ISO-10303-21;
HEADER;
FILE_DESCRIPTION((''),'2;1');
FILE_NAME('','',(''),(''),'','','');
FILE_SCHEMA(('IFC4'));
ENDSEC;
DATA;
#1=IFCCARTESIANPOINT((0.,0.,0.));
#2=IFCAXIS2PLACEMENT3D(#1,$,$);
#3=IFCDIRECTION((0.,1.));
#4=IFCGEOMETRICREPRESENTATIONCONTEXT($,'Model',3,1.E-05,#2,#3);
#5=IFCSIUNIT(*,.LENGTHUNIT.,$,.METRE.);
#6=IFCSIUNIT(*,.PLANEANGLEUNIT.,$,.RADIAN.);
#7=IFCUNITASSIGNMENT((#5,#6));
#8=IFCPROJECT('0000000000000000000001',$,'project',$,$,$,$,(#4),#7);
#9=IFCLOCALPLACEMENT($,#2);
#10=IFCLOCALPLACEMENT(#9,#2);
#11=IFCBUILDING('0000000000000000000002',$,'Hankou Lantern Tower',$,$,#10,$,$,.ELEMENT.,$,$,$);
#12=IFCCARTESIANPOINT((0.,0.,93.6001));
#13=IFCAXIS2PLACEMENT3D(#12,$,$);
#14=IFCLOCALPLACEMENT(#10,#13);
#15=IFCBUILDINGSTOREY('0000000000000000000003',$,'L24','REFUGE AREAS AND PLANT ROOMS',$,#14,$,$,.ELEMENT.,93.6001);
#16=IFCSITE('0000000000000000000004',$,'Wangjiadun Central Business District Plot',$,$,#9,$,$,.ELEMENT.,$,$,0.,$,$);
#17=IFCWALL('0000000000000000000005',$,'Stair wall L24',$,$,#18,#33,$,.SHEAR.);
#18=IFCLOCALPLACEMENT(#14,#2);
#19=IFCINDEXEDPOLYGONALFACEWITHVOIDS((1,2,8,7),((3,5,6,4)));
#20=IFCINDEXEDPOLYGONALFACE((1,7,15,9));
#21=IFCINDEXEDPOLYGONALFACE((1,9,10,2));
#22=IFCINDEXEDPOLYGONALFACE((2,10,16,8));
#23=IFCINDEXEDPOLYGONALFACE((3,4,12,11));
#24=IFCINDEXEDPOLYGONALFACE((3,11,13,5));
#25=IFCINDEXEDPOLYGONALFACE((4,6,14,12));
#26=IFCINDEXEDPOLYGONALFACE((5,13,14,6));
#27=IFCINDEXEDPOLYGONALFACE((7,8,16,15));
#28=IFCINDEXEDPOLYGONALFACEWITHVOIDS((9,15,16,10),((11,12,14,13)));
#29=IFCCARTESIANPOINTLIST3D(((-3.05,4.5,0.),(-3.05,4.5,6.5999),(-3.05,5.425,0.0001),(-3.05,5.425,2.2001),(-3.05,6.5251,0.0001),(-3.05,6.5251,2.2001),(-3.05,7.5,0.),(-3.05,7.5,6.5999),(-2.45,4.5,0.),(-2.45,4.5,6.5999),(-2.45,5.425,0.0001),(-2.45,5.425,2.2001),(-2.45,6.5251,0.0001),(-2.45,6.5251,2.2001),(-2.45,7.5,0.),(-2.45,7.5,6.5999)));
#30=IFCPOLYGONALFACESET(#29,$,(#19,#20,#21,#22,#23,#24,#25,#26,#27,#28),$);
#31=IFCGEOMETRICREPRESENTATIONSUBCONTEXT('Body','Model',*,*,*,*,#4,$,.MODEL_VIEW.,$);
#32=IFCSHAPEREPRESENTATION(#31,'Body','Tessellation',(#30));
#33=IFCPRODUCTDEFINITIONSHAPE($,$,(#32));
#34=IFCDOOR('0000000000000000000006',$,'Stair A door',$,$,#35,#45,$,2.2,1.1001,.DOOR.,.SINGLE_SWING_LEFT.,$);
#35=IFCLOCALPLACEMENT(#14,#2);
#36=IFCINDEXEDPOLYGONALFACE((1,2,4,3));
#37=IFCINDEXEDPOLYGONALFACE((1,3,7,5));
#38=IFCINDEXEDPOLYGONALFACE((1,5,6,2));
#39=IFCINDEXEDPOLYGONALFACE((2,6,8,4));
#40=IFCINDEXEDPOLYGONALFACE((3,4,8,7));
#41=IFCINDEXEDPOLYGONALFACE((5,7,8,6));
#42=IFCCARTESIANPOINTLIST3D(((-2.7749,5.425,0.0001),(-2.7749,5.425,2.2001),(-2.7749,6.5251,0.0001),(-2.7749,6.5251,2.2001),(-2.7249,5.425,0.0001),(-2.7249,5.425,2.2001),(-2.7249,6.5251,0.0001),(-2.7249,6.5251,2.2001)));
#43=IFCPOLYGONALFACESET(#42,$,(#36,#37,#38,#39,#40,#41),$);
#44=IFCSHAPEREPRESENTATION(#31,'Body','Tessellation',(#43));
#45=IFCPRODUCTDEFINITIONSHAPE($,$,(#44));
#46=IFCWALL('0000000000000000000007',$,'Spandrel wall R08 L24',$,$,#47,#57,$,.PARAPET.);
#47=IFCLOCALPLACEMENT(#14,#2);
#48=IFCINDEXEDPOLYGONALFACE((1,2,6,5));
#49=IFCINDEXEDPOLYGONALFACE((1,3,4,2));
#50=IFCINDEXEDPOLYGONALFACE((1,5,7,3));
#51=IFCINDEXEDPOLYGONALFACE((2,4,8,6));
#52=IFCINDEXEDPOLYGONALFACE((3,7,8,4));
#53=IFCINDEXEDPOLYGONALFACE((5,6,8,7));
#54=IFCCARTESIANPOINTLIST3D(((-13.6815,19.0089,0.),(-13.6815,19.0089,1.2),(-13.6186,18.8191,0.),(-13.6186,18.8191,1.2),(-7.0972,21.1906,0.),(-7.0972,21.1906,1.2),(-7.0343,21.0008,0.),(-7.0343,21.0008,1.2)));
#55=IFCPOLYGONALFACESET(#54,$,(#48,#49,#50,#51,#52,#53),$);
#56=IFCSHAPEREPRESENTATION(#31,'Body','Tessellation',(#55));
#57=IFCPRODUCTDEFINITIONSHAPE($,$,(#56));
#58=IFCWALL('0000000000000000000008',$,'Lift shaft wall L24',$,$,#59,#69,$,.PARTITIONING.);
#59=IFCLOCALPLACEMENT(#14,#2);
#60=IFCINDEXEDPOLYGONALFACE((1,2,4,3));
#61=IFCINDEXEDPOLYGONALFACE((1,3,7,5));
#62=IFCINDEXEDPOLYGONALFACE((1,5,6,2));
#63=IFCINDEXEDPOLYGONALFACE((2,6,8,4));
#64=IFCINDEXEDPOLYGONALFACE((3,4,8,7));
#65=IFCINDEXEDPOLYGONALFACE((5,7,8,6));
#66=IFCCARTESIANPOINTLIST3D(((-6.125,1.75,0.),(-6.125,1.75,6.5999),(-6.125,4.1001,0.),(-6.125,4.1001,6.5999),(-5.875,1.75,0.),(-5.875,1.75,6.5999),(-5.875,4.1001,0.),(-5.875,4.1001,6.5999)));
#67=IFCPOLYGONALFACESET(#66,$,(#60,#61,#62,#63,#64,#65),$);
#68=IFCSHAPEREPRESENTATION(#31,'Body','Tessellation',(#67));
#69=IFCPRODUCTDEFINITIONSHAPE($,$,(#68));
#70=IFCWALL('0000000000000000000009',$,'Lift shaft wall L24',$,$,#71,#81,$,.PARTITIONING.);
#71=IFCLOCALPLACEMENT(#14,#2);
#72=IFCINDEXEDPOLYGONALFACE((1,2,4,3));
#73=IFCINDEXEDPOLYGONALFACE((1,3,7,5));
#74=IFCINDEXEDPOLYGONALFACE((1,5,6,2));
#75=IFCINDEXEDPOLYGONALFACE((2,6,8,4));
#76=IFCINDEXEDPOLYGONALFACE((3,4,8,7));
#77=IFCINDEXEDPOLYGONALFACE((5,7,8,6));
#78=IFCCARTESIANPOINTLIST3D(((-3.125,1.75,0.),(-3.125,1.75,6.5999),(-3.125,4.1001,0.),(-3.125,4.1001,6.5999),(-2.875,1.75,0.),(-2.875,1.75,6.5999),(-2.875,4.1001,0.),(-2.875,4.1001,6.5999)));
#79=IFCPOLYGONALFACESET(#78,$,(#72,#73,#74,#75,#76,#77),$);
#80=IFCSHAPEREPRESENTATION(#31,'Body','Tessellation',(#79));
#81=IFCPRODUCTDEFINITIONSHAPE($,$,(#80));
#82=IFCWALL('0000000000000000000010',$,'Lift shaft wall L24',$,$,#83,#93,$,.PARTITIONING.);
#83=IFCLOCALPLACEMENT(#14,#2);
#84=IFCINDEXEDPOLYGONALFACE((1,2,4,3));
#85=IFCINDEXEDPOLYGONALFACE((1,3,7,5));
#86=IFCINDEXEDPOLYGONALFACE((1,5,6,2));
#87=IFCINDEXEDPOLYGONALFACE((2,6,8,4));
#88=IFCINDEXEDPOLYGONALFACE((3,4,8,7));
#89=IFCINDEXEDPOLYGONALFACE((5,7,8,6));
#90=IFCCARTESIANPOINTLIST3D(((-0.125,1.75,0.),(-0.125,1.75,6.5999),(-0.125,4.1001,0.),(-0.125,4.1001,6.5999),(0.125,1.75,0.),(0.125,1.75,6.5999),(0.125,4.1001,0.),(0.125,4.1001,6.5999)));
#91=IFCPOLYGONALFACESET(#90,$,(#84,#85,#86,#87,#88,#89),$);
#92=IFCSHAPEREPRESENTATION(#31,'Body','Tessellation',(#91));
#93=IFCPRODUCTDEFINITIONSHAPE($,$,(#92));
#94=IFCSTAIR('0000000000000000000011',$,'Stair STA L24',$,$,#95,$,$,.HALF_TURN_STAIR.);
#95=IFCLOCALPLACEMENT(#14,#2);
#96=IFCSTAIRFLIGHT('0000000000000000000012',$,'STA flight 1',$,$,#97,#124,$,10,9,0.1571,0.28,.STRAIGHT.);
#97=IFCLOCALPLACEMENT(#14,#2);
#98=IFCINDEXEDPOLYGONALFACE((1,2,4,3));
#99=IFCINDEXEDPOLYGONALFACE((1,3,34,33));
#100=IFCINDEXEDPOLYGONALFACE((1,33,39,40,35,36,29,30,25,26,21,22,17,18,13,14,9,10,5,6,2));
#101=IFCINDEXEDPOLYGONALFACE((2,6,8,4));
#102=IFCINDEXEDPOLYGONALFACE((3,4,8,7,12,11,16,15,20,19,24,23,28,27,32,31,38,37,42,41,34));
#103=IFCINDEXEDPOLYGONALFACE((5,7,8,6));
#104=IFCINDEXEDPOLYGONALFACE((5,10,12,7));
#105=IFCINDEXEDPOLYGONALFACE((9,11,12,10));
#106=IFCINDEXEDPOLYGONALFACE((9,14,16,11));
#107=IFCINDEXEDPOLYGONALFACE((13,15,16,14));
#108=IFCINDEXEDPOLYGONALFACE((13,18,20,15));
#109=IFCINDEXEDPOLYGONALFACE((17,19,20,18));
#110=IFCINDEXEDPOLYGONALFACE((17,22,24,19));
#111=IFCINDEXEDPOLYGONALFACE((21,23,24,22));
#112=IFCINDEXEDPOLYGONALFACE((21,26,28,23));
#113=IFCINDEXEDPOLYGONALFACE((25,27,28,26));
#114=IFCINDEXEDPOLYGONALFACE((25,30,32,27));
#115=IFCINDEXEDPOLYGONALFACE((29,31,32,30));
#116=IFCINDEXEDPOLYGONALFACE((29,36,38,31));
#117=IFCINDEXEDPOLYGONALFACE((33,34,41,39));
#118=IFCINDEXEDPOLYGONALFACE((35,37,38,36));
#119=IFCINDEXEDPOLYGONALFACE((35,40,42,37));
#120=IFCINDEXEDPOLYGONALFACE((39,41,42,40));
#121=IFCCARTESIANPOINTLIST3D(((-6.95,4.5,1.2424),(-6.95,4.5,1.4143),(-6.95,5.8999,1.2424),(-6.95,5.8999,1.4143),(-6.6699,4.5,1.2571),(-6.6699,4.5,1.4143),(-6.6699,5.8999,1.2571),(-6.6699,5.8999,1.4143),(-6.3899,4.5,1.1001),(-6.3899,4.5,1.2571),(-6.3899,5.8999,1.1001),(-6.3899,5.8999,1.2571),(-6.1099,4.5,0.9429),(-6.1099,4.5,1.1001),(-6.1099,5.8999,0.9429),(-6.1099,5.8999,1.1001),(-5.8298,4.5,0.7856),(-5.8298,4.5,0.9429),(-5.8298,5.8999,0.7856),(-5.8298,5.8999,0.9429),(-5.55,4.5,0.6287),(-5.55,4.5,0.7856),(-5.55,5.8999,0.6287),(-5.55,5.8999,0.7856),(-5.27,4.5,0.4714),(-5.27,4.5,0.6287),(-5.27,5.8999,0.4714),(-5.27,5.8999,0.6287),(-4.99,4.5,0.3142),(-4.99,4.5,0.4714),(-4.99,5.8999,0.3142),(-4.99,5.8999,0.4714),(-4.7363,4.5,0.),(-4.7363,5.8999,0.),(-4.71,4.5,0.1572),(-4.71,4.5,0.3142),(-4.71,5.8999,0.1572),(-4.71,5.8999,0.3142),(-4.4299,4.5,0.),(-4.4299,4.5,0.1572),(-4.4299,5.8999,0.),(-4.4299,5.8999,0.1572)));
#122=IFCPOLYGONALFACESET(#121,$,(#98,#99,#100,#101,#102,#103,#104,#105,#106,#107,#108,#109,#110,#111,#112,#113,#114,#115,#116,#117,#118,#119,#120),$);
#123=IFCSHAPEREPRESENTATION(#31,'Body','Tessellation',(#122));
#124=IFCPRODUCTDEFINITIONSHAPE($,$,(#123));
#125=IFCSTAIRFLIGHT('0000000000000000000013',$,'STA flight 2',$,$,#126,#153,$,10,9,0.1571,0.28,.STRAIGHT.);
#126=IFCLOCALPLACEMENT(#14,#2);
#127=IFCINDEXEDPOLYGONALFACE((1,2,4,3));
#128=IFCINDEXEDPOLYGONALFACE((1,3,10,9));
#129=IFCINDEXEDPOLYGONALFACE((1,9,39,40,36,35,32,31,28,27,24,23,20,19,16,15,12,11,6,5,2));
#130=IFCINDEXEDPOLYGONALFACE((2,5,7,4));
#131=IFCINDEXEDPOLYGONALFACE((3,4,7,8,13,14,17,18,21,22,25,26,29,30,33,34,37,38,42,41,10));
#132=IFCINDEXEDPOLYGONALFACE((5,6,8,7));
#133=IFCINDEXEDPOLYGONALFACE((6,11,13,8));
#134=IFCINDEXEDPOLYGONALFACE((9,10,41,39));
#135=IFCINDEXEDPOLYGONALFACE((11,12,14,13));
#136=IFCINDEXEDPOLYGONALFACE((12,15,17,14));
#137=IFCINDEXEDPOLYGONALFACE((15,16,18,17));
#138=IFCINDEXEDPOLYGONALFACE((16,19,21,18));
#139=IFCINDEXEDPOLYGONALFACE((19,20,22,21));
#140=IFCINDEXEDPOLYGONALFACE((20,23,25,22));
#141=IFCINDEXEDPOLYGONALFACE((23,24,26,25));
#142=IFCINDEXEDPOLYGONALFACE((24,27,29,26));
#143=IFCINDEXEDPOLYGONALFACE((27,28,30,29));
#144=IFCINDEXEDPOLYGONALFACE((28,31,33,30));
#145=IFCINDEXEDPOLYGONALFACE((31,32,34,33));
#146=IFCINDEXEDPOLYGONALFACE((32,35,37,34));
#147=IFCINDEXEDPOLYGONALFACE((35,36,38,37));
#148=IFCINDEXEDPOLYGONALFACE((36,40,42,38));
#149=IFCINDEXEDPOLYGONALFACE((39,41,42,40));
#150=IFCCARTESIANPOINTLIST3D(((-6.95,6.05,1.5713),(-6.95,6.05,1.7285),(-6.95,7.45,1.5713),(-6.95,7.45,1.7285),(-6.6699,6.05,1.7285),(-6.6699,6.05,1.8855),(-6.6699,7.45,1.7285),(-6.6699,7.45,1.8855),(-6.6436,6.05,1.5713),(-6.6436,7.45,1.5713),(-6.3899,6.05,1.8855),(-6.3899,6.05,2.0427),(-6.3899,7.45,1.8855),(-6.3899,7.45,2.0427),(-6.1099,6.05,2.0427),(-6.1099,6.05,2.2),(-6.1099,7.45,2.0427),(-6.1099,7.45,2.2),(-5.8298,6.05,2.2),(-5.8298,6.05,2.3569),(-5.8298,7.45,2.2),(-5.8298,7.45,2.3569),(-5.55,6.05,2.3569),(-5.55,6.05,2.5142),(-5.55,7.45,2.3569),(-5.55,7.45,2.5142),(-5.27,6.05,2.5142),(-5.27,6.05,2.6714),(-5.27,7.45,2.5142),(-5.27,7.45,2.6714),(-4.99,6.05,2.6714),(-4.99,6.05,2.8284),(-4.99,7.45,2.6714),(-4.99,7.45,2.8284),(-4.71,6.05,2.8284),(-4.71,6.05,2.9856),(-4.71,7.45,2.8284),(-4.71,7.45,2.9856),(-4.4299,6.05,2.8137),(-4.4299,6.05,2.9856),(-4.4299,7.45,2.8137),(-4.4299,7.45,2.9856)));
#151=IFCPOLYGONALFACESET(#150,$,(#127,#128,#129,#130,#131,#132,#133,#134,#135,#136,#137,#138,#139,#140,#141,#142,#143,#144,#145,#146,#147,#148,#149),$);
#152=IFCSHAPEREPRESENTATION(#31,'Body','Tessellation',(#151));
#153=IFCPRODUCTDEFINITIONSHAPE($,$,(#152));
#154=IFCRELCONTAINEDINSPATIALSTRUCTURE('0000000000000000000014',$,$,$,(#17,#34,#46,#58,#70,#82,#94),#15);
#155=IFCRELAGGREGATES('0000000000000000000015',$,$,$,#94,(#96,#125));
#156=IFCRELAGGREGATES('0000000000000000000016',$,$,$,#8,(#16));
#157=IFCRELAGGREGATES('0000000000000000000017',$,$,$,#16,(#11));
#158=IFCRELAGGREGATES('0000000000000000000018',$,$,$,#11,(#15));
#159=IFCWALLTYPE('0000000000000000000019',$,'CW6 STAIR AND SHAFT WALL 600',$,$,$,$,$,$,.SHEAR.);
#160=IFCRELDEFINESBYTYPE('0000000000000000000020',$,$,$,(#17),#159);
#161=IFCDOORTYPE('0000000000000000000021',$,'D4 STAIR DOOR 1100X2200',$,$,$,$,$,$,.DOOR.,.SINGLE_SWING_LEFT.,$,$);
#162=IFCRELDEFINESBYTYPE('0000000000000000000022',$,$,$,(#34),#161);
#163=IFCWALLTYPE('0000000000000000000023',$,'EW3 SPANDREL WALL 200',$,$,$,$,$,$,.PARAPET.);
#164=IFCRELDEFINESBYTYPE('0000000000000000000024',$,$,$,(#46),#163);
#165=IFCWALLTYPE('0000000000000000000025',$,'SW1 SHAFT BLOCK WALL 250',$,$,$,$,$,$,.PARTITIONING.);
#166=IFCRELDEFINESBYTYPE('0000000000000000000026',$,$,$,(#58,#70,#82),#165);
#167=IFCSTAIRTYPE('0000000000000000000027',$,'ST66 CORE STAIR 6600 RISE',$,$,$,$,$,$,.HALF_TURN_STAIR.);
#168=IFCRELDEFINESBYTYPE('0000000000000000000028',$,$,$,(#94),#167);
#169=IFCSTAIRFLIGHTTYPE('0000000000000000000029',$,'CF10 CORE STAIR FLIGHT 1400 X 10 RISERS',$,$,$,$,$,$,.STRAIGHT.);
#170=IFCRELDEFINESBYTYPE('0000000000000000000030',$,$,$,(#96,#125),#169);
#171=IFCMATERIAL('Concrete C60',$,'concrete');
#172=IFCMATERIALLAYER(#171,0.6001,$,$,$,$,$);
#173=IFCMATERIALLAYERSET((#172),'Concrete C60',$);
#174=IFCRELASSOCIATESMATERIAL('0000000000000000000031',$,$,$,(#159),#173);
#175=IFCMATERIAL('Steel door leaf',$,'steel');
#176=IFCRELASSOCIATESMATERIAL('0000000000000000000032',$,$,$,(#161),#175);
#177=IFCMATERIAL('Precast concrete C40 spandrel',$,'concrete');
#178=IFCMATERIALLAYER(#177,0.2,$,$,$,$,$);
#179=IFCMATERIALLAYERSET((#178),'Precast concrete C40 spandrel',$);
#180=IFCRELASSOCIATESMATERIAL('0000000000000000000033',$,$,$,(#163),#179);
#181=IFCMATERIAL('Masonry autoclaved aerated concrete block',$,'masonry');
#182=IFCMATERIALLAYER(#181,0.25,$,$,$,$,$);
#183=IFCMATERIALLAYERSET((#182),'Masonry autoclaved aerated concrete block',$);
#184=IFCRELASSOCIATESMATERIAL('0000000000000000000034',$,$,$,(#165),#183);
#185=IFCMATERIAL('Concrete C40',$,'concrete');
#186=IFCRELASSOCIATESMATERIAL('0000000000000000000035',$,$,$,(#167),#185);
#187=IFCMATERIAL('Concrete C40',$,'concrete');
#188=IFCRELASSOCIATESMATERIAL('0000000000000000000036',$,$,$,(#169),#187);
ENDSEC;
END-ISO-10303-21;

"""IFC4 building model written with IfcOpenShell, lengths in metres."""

from ifc_helpers import new_model, si_unit, direction, frame, frame_2d, origin, place, context, subcontext, project, spatial, polyline, rectangle, outline, extrude, material, layer, layer_set, type_object, element, fill, aggregate, save


model = new_model("IFC4")

# Units and contexts
model_context = context("Model", 3, precision=1e-05, world=origin(), true_north=direction((0.0, 1.0)))
body_context = subcontext(model_context, "Body", "Model", "MODEL_VIEW")
ifc_project = project(units=[si_unit("LENGTHUNIT", "METRE"), si_unit("PLANEANGLEUNIT", "RADIAN")], contexts=[model_context])

# Site, building, storey
site_placement = place(None, origin())
site = spatial("IfcSite", under=ifc_project, at=site_placement, Name="Wangjiadun Central Business District Plot", CompositionType="ELEMENT", RefElevation=0.0)
building_placement = place(site_placement, origin())
building = spatial("IfcBuilding", under=site, at=building_placement, Name="Hankou Lantern Tower", CompositionType="ELEMENT")
storey_placement = place(building_placement, frame((0.0, 0.0, 93.6001)))
storey = spatial("IfcBuildingStorey", under=building, at=storey_placement, Name="L24", Description="REFUGE AREAS AND PLANT ROOMS", CompositionType="ELEMENT", Elevation=93.6001)

# Wall, opening, door
ifc_material_1 = material(Name="Concrete C60", Category="concrete")
ifc_layer_1 = layer(ifc_material_1, 0.6001)
ifc_layer_set_1 = layer_set([ifc_layer_1], Name="Concrete C60")
wall_type_1 = type_object("IfcWallType", Name="CW6 STAIR AND SHAFT WALL 600", PredefinedType="SHEAR", material=ifc_layer_set_1)
wall_1_placement = place(storey_placement, frame((-2.75, 4.5, 0.0), z_axis=(0.0, 0.0, 1.0), x_axis=(0.0, 1.0, 0.0)))
wall_1 = element("IfcWall", 1, at=wall_1_placement, inside=storey, type_object=wall_type_1, Name="Stair wall L24", PredefinedType="SHEAR", context=body_context, shape_type="SweptSolid", body=[
    extrude(rectangle(XDim=3.0, YDim=0.6001, at=frame_2d((1.5, 0.0))), origin(), (0.0, 0.0, 1.0), 6.5999),
])
opening_placement = place(wall_1_placement, frame((0.925, 0.0, 0.0)))
opening = element("IfcOpeningElement", 2, at=opening_placement, cuts=wall_1, PredefinedType="OPENING", context=body_context, shape_type="SweptSolid", body=[
    extrude(rectangle(XDim=1.1001, YDim=2.2, at=frame_2d((0.55, 1.1001))), frame((0.0, 0.3101, 0.0), z_axis=(0.0, -1.0, 0.0), x_axis=(1.0, 0.0, 0.0)), (0.0, 0.0, 1.0), 0.6201),
])
ifc_material_2 = material(Name="Steel door leaf", Category="steel")
door_type = type_object("IfcDoorType", Name="D4 STAIR DOOR 1100X2200", OperationType="SINGLE_SWING_LEFT", PredefinedType="DOOR", material=ifc_material_2)
door_placement = place(opening_placement, origin())
door = element("IfcDoor", 3, at=door_placement, inside=storey, type_object=door_type, Name="Stair A door", OperationType="SINGLE_SWING_LEFT", OverallHeight=2.2, OverallWidth=1.1001, PredefinedType="DOOR", context=body_context, shape_type="SweptSolid", body=[
    extrude(rectangle(XDim=1.1001, YDim=2.2, at=frame_2d((0.55, 1.1001))), frame((0.0, 0.0249, 0.0), z_axis=(0.0, -1.0, 0.0), x_axis=(1.0, 0.0, 0.0)), (0.0, 0.0, 1.0), 0.05),
])
fill(opening, door)

# Walls
ifc_material_3 = material(Name="Precast concrete C40 spandrel", Category="concrete")
ifc_layer_2 = layer(ifc_material_3, 0.2)
ifc_layer_set_2 = layer_set([ifc_layer_2], Name="Precast concrete C40 spandrel")
wall_type_2 = type_object("IfcWallType", Name="EW3 SPANDREL WALL 200", PredefinedType="PARAPET", material=ifc_layer_set_2)
wall_2_placement = place(storey_placement, frame((-7.0657, 21.0957, 0.0), z_axis=(0.0, 0.0, 1.0), x_axis=(-0.949248, -0.314527, 0.0)))
element("IfcWall", 4, at=wall_2_placement, inside=storey, type_object=wall_type_2, Name="Spandrel wall R08 L24", PredefinedType="PARAPET", context=body_context, shape_type="SweptSolid", body=[
    extrude(rectangle(XDim=6.9363, YDim=0.2, at=frame_2d((3.4683, 0.0))), origin(), (0.0, 0.0, 1.0), 1.2),
])
ifc_material_4 = material(Name="Masonry autoclaved aerated concrete block", Category="masonry")
ifc_layer_3 = layer(ifc_material_4, 0.25)
ifc_layer_set_3 = layer_set([ifc_layer_3], Name="Masonry autoclaved aerated concrete block")
wall_type_3 = type_object("IfcWallType", Name="SW1 SHAFT BLOCK WALL 250", PredefinedType="PARTITIONING", material=ifc_layer_set_3)
for number, where, z_axis, x_axis, name in (
    (5, (-6.0, 1.75, 0.0), (0.0, 0.0, 1.0), (0.0, 1.0, 0.0), "Lift shaft wall L24"),
    (6, (-3.0, 1.75, 0.0), (0.0, 0.0, 1.0), (0.0, 1.0, 0.0), "Lift shaft wall L24"),
    (7, (0.0, 1.75, 0.0), (0.0, 0.0, 1.0), (0.0, 1.0, 0.0), "Lift shaft wall L24"),
):
    element("IfcWall", number, at=place(storey_placement, frame(where, z_axis=z_axis, x_axis=x_axis)), inside=storey, type_object=wall_type_3, Name=name, PredefinedType="PARTITIONING", context=body_context, shape_type="SweptSolid", body=[
        extrude(rectangle(XDim=2.3501, YDim=0.25, at=frame_2d((1.175, 0.0))), origin(), (0.0, 0.0, 1.0), 6.5999),
    ])

# Stair, stair flights
ifc_material_5 = material(Name="Concrete C40", Category="concrete")
stair_type = type_object("IfcStairType", Name="ST66 CORE STAIR 6600 RISE", PredefinedType="HALF_TURN_STAIR", material=ifc_material_5)
stair_placement = place(storey_placement, origin())
stair = element("IfcStair", 8, at=stair_placement, inside=storey, type_object=stair_type, Name="Stair STA L24", PredefinedType="HALF_TURN_STAIR")
ifc_material_6 = material(Name="Concrete C40", Category="concrete")
stair_flight_type_1 = type_object("IfcStairFlightType", Name="CF10 CORE STAIR FLIGHT 1400 X 10 RISERS", PredefinedType="STRAIGHT", material=ifc_material_6)
stair_flight_1_placement = place(storey_placement, frame((-4.4299, 5.2, 0.0), z_axis=(0.0, 0.0, 1.0), x_axis=(-1.0, 0.0, 0.0)))
stair_flight_1 = element("IfcStairFlight", 9, at=stair_flight_1_placement, type_object=stair_flight_type_1, Name="STA flight 1", NumberOfRisers=10, NumberOfTreads=9, PredefinedType="STRAIGHT", RiserHeight=0.1571, TreadLength=0.28, context=body_context, shape_type="SweptSolid", body=[
    extrude(outline(polyline([(0.0, 0.0), (0.0, 0.1572), (0.28, 0.1572), (0.28, 0.3142), (0.5601, 0.3142), (0.5601, 0.4714), (0.8401, 0.4714), (0.8401, 0.6287), (1.1201, 0.6287), (1.1201, 0.7856), (1.3999, 0.7856), (1.3999, 0.9429), (1.6799, 0.9429), (1.6799, 1.1001), (1.96, 1.1001), (1.96, 1.2571), (2.24, 1.2571), (2.24, 1.4143), (2.52, 1.4143), (2.52, 1.5715), (2.52, 1.2424), (0.3064, 0.0), (0.0, 0.0)])), frame((0.0, 0.7, 0.0), z_axis=(0.0, -1.0, 0.0), x_axis=(1.0, 0.0, 0.0)), (0.0, 0.0, 1.0), 1.3999),
])
stair_flight_2_placement = place(storey_placement, frame((-6.95, 6.75, 1.5713), z_axis=(0.0, 0.0, 1.0), x_axis=(1.0, 0.0, 0.0)))
stair_flight_2 = element("IfcStairFlight", 10, at=stair_flight_2_placement, type_object=stair_flight_type_1, Name="STA flight 2", NumberOfRisers=10, NumberOfTreads=9, PredefinedType="STRAIGHT", RiserHeight=0.1571, TreadLength=0.28, context=body_context, shape_type="SweptSolid", body=[
    extrude(outline(polyline([(0.0, 0.0), (0.0, 0.1572), (0.28, 0.1572), (0.28, 0.3142), (0.5601, 0.3142), (0.5601, 0.4714), (0.8401, 0.4714), (0.8401, 0.6287), (1.1201, 0.6287), (1.1201, 0.7856), (1.3999, 0.7856), (1.3999, 0.9429), (1.6799, 0.9429), (1.6799, 1.1001), (1.96, 1.1001), (1.96, 1.2571), (2.24, 1.2571), (2.24, 1.4143), (2.52, 1.4143), (2.52, 1.5715), (2.52, 1.2424), (0.3064, 0.0), (0.0, 0.0)])), frame((0.0, 0.7, 0.0), z_axis=(0.0, -1.0, 0.0), x_axis=(1.0, 0.0, 0.0)), (0.0, 0.0, 1.0), 1.3999),
])
aggregate(stair, [stair_flight_1, stair_flight_2])

save(model, "model.ifc")
